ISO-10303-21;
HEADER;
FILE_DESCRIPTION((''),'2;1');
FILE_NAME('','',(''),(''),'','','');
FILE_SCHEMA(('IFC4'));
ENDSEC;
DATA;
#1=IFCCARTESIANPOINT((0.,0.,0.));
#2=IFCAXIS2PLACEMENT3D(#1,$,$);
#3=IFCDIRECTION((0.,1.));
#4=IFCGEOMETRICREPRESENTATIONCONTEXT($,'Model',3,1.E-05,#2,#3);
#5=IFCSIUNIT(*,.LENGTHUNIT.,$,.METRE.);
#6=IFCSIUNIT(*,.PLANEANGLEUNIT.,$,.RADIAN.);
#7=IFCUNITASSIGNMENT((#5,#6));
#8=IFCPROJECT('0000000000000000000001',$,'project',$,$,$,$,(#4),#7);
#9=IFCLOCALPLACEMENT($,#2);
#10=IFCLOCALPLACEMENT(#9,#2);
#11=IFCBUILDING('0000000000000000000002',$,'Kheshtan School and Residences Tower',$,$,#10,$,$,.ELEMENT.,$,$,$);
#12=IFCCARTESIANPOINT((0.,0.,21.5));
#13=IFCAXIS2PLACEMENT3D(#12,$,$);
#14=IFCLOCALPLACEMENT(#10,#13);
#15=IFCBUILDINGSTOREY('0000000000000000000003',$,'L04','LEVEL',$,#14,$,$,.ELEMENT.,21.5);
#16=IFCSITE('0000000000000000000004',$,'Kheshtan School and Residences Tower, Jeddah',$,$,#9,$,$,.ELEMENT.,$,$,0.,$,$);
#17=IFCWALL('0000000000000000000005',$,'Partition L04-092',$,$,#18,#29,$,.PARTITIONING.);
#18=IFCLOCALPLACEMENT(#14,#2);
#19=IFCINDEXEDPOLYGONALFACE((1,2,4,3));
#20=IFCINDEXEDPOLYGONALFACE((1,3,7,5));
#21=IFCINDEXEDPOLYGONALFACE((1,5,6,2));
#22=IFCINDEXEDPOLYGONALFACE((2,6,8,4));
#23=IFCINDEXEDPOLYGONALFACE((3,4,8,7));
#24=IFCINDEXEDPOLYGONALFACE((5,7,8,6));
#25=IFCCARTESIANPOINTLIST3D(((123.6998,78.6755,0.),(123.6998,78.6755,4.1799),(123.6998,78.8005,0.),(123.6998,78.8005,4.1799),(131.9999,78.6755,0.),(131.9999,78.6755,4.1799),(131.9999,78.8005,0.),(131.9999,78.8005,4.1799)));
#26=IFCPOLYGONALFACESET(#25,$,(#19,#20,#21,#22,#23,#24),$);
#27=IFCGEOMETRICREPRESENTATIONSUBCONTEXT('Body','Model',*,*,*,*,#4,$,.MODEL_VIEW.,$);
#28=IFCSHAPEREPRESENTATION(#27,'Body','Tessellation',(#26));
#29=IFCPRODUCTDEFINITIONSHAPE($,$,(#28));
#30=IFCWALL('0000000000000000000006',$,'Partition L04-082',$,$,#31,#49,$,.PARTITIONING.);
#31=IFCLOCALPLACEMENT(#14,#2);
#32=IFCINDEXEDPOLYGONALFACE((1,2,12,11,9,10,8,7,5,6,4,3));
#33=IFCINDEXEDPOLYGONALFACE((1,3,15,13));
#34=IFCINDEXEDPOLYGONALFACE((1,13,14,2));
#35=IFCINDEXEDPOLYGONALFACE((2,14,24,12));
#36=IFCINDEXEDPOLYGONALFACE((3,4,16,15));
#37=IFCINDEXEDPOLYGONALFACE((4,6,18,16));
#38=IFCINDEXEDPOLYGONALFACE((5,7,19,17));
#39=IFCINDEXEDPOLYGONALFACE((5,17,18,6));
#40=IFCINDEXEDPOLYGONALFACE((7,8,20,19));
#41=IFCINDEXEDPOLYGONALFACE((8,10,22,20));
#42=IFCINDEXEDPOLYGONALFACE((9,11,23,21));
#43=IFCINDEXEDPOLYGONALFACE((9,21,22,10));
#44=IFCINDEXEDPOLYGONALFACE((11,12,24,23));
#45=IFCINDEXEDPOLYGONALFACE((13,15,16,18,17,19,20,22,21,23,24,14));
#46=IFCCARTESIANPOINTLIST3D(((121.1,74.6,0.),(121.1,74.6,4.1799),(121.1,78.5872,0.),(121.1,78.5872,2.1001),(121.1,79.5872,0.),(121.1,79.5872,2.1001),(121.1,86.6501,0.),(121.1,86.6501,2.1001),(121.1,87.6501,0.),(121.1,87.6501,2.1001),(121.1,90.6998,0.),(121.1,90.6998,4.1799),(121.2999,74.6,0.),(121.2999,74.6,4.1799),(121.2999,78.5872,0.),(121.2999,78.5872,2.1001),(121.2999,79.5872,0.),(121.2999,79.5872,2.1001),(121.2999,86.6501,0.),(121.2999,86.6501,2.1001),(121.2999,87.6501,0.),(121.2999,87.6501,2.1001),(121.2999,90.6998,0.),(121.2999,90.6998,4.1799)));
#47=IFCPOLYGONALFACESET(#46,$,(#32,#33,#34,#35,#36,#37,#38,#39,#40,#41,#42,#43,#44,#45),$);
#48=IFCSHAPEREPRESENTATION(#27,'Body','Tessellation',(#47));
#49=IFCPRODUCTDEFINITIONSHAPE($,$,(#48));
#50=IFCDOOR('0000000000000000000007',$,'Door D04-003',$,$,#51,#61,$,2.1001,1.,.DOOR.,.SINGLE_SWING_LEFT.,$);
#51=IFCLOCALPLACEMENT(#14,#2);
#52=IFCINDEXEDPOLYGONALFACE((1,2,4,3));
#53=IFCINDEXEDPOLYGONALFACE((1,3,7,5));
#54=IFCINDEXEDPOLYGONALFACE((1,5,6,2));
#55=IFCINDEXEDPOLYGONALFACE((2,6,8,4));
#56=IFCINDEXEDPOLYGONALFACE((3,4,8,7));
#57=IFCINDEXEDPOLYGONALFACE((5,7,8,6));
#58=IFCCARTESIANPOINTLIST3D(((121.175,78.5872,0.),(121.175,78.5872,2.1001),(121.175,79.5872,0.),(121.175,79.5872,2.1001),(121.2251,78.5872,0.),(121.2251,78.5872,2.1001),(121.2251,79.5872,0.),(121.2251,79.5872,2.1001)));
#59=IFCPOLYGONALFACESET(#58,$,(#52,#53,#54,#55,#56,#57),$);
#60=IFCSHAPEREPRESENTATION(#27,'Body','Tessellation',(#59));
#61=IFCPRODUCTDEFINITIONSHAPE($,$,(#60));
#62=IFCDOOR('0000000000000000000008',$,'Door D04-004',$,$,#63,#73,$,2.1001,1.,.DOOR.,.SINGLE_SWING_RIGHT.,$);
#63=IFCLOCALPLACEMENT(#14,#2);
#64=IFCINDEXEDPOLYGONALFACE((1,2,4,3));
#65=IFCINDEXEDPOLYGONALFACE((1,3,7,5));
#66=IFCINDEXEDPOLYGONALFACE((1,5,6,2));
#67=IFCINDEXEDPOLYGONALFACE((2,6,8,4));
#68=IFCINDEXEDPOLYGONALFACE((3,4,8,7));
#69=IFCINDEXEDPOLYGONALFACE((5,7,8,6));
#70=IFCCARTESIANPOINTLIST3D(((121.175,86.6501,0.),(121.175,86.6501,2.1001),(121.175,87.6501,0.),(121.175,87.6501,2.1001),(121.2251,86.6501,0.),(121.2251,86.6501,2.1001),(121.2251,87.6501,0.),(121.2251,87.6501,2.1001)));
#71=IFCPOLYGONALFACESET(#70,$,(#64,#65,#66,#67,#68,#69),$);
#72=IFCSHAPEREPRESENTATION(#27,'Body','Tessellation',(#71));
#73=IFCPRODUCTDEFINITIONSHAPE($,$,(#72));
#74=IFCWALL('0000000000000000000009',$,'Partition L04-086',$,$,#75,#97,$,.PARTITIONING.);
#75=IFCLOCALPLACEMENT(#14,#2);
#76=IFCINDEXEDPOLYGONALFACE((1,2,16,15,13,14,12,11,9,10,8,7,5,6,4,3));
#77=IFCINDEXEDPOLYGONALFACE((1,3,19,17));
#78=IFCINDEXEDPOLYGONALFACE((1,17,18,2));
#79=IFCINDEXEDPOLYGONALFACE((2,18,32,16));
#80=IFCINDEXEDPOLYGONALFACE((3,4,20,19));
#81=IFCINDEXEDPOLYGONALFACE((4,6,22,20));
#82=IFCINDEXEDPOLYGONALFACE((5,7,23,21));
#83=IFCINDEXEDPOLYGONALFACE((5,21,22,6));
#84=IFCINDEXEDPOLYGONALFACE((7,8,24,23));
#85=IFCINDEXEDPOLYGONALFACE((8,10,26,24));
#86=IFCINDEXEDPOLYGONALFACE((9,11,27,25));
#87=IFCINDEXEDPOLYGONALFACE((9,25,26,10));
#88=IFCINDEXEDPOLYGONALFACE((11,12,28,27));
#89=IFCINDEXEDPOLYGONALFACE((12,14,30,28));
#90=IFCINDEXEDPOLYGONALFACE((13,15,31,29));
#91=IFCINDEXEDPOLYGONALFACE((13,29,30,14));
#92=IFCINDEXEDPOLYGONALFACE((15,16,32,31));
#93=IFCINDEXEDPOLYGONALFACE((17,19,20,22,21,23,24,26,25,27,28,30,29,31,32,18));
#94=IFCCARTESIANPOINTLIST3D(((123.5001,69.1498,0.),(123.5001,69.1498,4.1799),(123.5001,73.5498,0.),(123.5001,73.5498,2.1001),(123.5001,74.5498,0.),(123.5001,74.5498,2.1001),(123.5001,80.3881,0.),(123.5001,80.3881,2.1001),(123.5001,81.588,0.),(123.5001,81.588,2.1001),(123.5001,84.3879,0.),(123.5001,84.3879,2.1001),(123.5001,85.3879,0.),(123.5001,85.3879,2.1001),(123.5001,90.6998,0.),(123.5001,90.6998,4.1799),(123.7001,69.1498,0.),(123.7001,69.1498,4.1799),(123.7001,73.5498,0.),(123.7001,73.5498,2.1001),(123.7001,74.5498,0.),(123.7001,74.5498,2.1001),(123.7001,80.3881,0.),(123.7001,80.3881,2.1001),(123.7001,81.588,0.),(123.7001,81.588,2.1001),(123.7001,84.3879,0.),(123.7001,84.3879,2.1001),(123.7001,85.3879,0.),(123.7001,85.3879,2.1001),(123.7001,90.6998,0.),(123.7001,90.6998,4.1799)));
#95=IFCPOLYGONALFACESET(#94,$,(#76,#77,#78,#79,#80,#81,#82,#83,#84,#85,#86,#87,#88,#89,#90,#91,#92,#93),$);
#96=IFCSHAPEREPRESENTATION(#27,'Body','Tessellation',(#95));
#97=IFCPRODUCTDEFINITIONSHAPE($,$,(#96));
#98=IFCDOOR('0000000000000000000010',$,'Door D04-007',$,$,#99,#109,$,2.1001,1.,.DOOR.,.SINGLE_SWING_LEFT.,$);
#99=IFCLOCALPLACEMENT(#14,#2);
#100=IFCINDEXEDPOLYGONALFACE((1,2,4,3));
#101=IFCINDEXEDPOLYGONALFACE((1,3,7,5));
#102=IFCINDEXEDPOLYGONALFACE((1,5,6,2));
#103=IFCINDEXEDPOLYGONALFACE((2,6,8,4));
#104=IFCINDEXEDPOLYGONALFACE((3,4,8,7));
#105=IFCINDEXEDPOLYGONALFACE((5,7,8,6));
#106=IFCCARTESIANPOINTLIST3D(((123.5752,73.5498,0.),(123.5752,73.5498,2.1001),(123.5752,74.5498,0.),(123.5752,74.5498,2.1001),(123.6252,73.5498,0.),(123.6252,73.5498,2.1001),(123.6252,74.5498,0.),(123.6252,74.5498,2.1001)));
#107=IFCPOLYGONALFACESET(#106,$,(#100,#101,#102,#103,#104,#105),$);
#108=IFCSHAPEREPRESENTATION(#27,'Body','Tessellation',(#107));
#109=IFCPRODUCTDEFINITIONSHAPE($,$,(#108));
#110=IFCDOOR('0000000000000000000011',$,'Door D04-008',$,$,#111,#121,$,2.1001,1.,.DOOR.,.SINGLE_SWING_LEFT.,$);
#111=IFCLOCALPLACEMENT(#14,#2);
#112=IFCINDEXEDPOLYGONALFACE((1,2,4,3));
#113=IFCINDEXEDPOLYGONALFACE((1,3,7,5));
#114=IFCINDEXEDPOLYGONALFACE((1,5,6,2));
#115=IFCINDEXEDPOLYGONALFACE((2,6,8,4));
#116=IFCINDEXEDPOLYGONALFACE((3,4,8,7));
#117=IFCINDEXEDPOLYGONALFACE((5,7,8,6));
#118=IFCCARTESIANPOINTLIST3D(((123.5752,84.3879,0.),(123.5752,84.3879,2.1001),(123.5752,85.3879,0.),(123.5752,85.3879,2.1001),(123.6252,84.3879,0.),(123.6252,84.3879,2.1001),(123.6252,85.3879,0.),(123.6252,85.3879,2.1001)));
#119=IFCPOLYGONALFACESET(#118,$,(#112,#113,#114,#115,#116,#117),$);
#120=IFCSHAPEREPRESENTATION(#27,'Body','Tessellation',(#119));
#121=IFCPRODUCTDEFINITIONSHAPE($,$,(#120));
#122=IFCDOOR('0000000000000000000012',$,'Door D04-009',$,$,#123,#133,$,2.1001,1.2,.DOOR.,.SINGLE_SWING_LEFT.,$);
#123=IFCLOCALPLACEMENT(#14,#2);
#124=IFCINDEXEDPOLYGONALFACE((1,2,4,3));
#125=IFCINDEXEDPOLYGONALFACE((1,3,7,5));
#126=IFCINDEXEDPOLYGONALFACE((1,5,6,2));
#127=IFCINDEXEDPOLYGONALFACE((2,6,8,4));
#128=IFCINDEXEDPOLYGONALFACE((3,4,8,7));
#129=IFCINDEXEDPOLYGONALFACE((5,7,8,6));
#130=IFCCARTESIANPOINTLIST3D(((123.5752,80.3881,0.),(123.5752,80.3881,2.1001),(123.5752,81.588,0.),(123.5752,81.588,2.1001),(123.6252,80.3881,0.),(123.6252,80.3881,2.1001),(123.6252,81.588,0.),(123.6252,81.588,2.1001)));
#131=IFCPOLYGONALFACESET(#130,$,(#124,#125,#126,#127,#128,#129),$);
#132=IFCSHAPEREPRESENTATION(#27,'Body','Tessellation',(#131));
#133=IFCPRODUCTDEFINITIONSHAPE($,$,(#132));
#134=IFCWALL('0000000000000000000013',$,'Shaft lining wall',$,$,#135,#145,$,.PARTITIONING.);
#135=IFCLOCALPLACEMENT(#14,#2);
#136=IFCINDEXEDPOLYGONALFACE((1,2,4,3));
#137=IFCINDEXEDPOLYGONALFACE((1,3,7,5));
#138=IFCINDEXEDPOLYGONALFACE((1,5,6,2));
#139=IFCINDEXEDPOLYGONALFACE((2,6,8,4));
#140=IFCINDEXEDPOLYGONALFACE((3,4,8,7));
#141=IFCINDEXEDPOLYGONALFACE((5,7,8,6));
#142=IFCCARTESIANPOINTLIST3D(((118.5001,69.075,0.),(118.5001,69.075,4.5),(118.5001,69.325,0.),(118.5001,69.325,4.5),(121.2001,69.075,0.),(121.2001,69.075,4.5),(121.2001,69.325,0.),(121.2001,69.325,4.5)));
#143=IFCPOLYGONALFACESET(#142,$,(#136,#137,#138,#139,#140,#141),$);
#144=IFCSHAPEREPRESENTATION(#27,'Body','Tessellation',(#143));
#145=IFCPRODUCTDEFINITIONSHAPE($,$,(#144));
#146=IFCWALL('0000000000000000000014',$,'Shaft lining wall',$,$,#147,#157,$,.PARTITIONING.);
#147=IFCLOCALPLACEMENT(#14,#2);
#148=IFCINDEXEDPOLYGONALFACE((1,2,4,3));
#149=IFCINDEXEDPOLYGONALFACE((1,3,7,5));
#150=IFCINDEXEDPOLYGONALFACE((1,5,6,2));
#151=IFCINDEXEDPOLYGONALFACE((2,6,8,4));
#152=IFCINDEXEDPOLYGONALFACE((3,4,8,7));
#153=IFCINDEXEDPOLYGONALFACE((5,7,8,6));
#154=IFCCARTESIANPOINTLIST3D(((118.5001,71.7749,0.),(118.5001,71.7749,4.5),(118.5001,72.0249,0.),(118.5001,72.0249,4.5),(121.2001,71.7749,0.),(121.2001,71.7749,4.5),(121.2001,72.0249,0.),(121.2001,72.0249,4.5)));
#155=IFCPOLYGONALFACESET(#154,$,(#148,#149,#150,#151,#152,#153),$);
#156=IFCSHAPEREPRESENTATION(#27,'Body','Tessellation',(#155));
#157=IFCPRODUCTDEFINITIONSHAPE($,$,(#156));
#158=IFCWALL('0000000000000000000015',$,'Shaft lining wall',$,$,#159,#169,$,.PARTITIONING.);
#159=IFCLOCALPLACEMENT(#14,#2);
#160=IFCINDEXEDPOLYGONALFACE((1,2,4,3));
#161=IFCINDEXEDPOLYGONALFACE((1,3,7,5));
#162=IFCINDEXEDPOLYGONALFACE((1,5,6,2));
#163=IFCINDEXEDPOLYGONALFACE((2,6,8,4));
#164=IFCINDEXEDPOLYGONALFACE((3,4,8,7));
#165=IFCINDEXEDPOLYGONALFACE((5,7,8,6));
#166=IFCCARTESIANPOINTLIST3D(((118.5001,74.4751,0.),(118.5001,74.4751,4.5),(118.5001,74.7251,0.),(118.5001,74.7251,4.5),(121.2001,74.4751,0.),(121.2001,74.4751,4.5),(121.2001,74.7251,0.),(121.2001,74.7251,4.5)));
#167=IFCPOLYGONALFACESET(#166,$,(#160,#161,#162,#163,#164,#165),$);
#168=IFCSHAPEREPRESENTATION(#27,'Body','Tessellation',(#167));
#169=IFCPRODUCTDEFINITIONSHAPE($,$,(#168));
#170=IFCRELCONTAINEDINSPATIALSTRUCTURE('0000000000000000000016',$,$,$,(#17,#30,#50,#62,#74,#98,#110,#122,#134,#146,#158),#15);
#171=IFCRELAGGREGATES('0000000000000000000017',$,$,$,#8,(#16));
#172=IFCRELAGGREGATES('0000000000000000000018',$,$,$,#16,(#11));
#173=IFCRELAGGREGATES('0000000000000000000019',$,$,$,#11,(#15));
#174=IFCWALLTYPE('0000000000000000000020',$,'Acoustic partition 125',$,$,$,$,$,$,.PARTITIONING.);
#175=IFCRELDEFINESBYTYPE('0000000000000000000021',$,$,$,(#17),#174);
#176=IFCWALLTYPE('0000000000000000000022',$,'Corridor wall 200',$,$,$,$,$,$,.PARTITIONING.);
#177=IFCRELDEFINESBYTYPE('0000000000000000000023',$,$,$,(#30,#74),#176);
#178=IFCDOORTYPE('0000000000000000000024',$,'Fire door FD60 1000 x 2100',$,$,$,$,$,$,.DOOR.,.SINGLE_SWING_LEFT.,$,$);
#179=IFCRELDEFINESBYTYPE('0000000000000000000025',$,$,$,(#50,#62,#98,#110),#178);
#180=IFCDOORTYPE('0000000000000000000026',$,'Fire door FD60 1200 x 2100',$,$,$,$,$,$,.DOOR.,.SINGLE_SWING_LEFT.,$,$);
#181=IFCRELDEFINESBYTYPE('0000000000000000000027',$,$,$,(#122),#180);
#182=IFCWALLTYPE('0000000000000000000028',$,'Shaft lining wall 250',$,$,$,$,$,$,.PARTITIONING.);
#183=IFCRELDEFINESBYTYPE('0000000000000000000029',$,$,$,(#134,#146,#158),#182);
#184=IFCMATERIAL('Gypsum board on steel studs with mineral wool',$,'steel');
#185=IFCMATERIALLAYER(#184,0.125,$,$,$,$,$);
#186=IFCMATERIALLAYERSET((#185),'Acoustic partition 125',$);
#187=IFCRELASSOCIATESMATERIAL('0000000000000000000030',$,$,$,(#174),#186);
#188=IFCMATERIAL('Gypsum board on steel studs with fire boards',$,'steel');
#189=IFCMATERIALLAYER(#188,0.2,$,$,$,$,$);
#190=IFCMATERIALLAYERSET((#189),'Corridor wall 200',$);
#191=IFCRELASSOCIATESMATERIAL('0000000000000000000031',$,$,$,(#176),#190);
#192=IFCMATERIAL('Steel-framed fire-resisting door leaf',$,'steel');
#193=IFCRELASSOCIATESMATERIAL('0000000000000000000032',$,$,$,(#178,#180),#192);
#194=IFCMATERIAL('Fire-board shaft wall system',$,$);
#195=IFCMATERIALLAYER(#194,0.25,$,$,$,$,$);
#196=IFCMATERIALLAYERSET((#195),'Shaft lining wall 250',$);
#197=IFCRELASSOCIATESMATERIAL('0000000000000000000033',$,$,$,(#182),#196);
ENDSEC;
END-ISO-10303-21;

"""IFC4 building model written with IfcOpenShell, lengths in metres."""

from ifc_helpers import new_model, si_unit, direction, frame, frame_2d, origin, place, context, subcontext, project, spatial, rectangle, extrude, source, transform, mapped, material, layer, layer_set, type_object, element, fill, save


model = new_model("IFC4")

# Units and contexts
model_context = context("Model", 3, precision=1e-05, world=origin(), true_north=direction((0.0, 1.0)))
body_context = subcontext(model_context, "Body", "Model", "MODEL_VIEW")
ifc_project = project(units=[si_unit("LENGTHUNIT", "METRE"), si_unit("PLANEANGLEUNIT", "RADIAN")], contexts=[model_context])

# Site, building, storey
site_placement = place(None, origin())
site = spatial("IfcSite", under=ifc_project, at=site_placement, Name="Kheshtan School and Residences Tower, Jeddah", CompositionType="ELEMENT", RefElevation=0.0)
building_placement = place(site_placement, origin())
building = spatial("IfcBuilding", under=site, at=building_placement, Name="Kheshtan School and Residences Tower", CompositionType="ELEMENT")
storey_placement = place(building_placement, frame((0.0, 0.0, 21.5)))
storey = spatial("IfcBuildingStorey", under=building, at=storey_placement, Name="L04", Description="LEVEL", CompositionType="ELEMENT", Elevation=21.5)

# Wall
ifc_material_1 = material(Name="Gypsum board on steel studs with mineral wool", Category="steel")
ifc_layer_1 = layer(ifc_material_1, 0.125)
ifc_layer_set_1 = layer_set([ifc_layer_1], Name="Acoustic partition 125")
wall_type_1 = type_object("IfcWallType", Name="Acoustic partition 125", PredefinedType="PARTITIONING", material=ifc_layer_set_1)
wall_1_placement = place(storey_placement, frame((123.7, 78.738, 0.0), z_axis=(0.0, 0.0, 1.0), x_axis=(1.0, 0.0, 0.0)))
element("IfcWall", 1, at=wall_1_placement, inside=storey, type_object=wall_type_1, Name="Partition L04-092", PredefinedType="PARTITIONING", context=body_context, shape_type="SweptSolid", body=[
    extrude(rectangle(XDim=8.3, YDim=0.125, at=frame_2d((4.1499, 0.0))), origin(), (0.0, 0.0, 1.0), 4.1799),
])

# Walls, openings, doors
ifc_material_2 = material(Name="Gypsum board on steel studs with fire boards", Category="steel")
ifc_layer_2 = layer(ifc_material_2, 0.2)
ifc_layer_set_2 = layer_set([ifc_layer_2], Name="Corridor wall 200")
wall_type_2 = type_object("IfcWallType", Name="Corridor wall 200", PredefinedType="PARTITIONING", material=ifc_layer_set_2)
wall_2_placement = place(storey_placement, frame((121.2, 74.6001, 0.0), z_axis=(0.0, 0.0, 1.0), x_axis=(0.0, 1.0, 0.0)))
wall_2 = element("IfcWall", 2, at=wall_2_placement, inside=storey, type_object=wall_type_2, Name="Partition L04-082", PredefinedType="PARTITIONING", context=body_context, shape_type="SweptSolid", body=[
    extrude(rectangle(XDim=16.0999, YDim=0.2, at=frame_2d((8.0498, 0.0))), origin(), (0.0, 0.0, 1.0), 4.1799),
])
opening_1_placement = place(wall_2_placement, frame((3.9871, 0.0, 0.0)))
opening_1 = element("IfcOpeningElement", 3, at=opening_1_placement, cuts=wall_2, PredefinedType="OPENING", context=body_context, shape_type="SweptSolid", body=[
    extrude(rectangle(XDim=1.0, YDim=2.1001, at=frame_2d((0.5, 1.05))), frame((0.0, 0.1099, 0.0), z_axis=(0.0, -1.0, 0.0), x_axis=(1.0, 0.0, 0.0)), (0.0, 0.0, 1.0), 0.22),
])
opening_2_placement = place(wall_2_placement, frame((12.05, 0.0, 0.0)))
opening_2 = element("IfcOpeningElement", 4, at=opening_2_placement, cuts=wall_2, PredefinedType="OPENING", context=body_context, shape_type="SweptSolid", body=[
    extrude(rectangle(XDim=1.0, YDim=2.1001, at=frame_2d((0.5, 1.05))), frame((0.0, 0.1099, 0.0), z_axis=(0.0, -1.0, 0.0), x_axis=(1.0, 0.0, 0.0)), (0.0, 0.0, 1.0), 0.22),
])
ifc_material_3 = material(Name="Steel-framed fire-resisting door leaf", Category="steel")
door_type_1 = type_object("IfcDoorType", Name="Fire door FD60 1000 x 2100", OperationType="SINGLE_SWING_LEFT", PredefinedType="DOOR", material=ifc_material_3)
shared_shape_1 = source(origin(), body_context, "Body", "SweptSolid", [
    extrude(rectangle(XDim=1.0, YDim=2.1001, at=frame_2d((0.5, 1.05))), frame((0.0, 0.0249, 0.0), z_axis=(0.0, -1.0, 0.0), x_axis=(1.0, 0.0, 0.0)), (0.0, 0.0, 1.0), 0.05),
])
door_1_placement = place(opening_1_placement, origin())
door_1 = element("IfcDoor", 5, at=door_1_placement, inside=storey, type_object=door_type_1, Name="Door D04-003", OperationType="SINGLE_SWING_LEFT", OverallHeight=2.1001, OverallWidth=1.0, PredefinedType="DOOR", context=body_context, shape_type="MappedRepresentation", body=[
    mapped(shared_shape_1, transform((0.0, 0.0, 0.0), x_axis=(1.0, 0.0, 0.0), y_axis=(0.0, 1.0, 0.0), z_axis=(0.0, 0.0, 1.0), scale=1.0)),
])
fill(opening_1, door_1)
door_2_placement = place(opening_2_placement, origin())
door_2 = element("IfcDoor", 6, at=door_2_placement, inside=storey, type_object=door_type_1, Name="Door D04-004", OperationType="SINGLE_SWING_RIGHT", OverallHeight=2.1001, OverallWidth=1.0, PredefinedType="DOOR", context=body_context, shape_type="MappedRepresentation", body=[
    mapped(shared_shape_1, transform((0.0, 0.0, 0.0), x_axis=(1.0, 0.0, 0.0), y_axis=(0.0, 1.0, 0.0), z_axis=(0.0, 0.0, 1.0), scale=1.0)),
])
fill(opening_2, door_2)
wall_3_placement = place(storey_placement, frame((123.6001, 69.1499, 0.0), z_axis=(0.0, 0.0, 1.0), x_axis=(0.0, 1.0, 0.0)))
wall_3 = element("IfcWall", 7, at=wall_3_placement, inside=storey, type_object=wall_type_2, Name="Partition L04-086", PredefinedType="PARTITIONING", context=body_context, shape_type="SweptSolid", body=[
    extrude(rectangle(XDim=21.55, YDim=0.2, at=frame_2d((10.7749, 0.0))), origin(), (0.0, 0.0, 1.0), 4.1799),
])
opening_3_placement = place(wall_3_placement, frame((4.3999, 0.0, 0.0)))
opening_3 = element("IfcOpeningElement", 8, at=opening_3_placement, cuts=wall_3, PredefinedType="OPENING", context=body_context, shape_type="SweptSolid", body=[
    extrude(rectangle(XDim=1.0, YDim=2.1001, at=frame_2d((0.5, 1.05))), frame((0.0, 0.1099, 0.0), z_axis=(0.0, -1.0, 0.0), x_axis=(1.0, 0.0, 0.0)), (0.0, 0.0, 1.0), 0.22),
])
opening_4_placement = place(wall_3_placement, frame((15.238, 0.0, 0.0)))
opening_4 = element("IfcOpeningElement", 9, at=opening_4_placement, cuts=wall_3, PredefinedType="OPENING", context=body_context, shape_type="SweptSolid", body=[
    extrude(rectangle(XDim=1.0, YDim=2.1001, at=frame_2d((0.5, 1.05))), frame((0.0, 0.1099, 0.0), z_axis=(0.0, -1.0, 0.0), x_axis=(1.0, 0.0, 0.0)), (0.0, 0.0, 1.0), 0.22),
])
opening_5_placement = place(wall_3_placement, frame((11.238, 0.0, 0.0)))
opening_5 = element("IfcOpeningElement", 10, at=opening_5_placement, cuts=wall_3, PredefinedType="OPENING", context=body_context, shape_type="SweptSolid", body=[
    extrude(rectangle(XDim=1.2, YDim=2.1001, at=frame_2d((0.6001, 1.05))), frame((0.0, 0.1099, 0.0), z_axis=(0.0, -1.0, 0.0), x_axis=(1.0, 0.0, 0.0)), (0.0, 0.0, 1.0), 0.22),
])
door_3_placement = place(opening_3_placement, origin())
door_3 = element("IfcDoor", 11, at=door_3_placement, inside=storey, type_object=door_type_1, Name="Door D04-007", OperationType="SINGLE_SWING_LEFT", OverallHeight=2.1001, OverallWidth=1.0, PredefinedType="DOOR", context=body_context, shape_type="MappedRepresentation", body=[
    mapped(shared_shape_1, transform((0.0, 0.0, 0.0), x_axis=(1.0, 0.0, 0.0), y_axis=(0.0, 1.0, 0.0), z_axis=(0.0, 0.0, 1.0), scale=1.0)),
])
fill(opening_3, door_3)
door_4_placement = place(opening_4_placement, origin())
door_4 = element("IfcDoor", 12, at=door_4_placement, inside=storey, type_object=door_type_1, Name="Door D04-008", OperationType="SINGLE_SWING_LEFT", OverallHeight=2.1001, OverallWidth=1.0, PredefinedType="DOOR", context=body_context, shape_type="MappedRepresentation", body=[
    mapped(shared_shape_1, transform((0.0, 0.0, 0.0), x_axis=(1.0, 0.0, 0.0), y_axis=(0.0, 1.0, 0.0), z_axis=(0.0, 0.0, 1.0), scale=1.0)),
])
fill(opening_4, door_4)
door_type_2 = type_object("IfcDoorType", Name="Fire door FD60 1200 x 2100", OperationType="SINGLE_SWING_LEFT", PredefinedType="DOOR", material=ifc_material_3)
shared_shape_2 = source(origin(), body_context, "Body", "SweptSolid", [
    extrude(rectangle(XDim=1.2, YDim=2.1001, at=frame_2d((0.6001, 1.05))), frame((0.0, 0.0249, 0.0), z_axis=(0.0, -1.0, 0.0), x_axis=(1.0, 0.0, 0.0)), (0.0, 0.0, 1.0), 0.05),
])
door_5_placement = place(opening_5_placement, origin())
door_5 = element("IfcDoor", 13, at=door_5_placement, inside=storey, type_object=door_type_2, Name="Door D04-009", OperationType="SINGLE_SWING_LEFT", OverallHeight=2.1001, OverallWidth=1.2, PredefinedType="DOOR", context=body_context, shape_type="MappedRepresentation", body=[
    mapped(shared_shape_2, transform((0.0, 0.0, 0.0), x_axis=(1.0, 0.0, 0.0), y_axis=(0.0, 1.0, 0.0), z_axis=(0.0, 0.0, 1.0), scale=1.0)),
])
fill(opening_5, door_5)

# Walls
ifc_material_4 = material(Name="Fire-board shaft wall system")
ifc_layer_3 = layer(ifc_material_4, 0.25)
ifc_layer_set_3 = layer_set([ifc_layer_3], Name="Shaft lining wall 250")
wall_type_3 = type_object("IfcWallType", Name="Shaft lining wall 250", PredefinedType="PARTITIONING", material=ifc_layer_set_3)
for number, where, z_axis, x_axis, name in (
    (14, (118.5, 69.2, 0.0), (0.0, 0.0, 1.0), (1.0, 0.0, 0.0), "Shaft lining wall"),
    (15, (118.5, 71.8999, 0.0), (0.0, 0.0, 1.0), (1.0, 0.0, 0.0), "Shaft lining wall"),
    (16, (118.5, 74.6001, 0.0), (0.0, 0.0, 1.0), (1.0, 0.0, 0.0), "Shaft lining wall"),
):
    element("IfcWall", number, at=place(storey_placement, frame(where, z_axis=z_axis, x_axis=x_axis)), inside=storey, type_object=wall_type_3, Name=name, PredefinedType="PARTITIONING", context=body_context, shape_type="SweptSolid", body=[
        extrude(rectangle(XDim=2.7, YDim=0.25, at=frame_2d((1.3501, 0.0))), origin(), (0.0, 0.0, 1.0), 4.5),
    ])

save(model, "model.ifc")
